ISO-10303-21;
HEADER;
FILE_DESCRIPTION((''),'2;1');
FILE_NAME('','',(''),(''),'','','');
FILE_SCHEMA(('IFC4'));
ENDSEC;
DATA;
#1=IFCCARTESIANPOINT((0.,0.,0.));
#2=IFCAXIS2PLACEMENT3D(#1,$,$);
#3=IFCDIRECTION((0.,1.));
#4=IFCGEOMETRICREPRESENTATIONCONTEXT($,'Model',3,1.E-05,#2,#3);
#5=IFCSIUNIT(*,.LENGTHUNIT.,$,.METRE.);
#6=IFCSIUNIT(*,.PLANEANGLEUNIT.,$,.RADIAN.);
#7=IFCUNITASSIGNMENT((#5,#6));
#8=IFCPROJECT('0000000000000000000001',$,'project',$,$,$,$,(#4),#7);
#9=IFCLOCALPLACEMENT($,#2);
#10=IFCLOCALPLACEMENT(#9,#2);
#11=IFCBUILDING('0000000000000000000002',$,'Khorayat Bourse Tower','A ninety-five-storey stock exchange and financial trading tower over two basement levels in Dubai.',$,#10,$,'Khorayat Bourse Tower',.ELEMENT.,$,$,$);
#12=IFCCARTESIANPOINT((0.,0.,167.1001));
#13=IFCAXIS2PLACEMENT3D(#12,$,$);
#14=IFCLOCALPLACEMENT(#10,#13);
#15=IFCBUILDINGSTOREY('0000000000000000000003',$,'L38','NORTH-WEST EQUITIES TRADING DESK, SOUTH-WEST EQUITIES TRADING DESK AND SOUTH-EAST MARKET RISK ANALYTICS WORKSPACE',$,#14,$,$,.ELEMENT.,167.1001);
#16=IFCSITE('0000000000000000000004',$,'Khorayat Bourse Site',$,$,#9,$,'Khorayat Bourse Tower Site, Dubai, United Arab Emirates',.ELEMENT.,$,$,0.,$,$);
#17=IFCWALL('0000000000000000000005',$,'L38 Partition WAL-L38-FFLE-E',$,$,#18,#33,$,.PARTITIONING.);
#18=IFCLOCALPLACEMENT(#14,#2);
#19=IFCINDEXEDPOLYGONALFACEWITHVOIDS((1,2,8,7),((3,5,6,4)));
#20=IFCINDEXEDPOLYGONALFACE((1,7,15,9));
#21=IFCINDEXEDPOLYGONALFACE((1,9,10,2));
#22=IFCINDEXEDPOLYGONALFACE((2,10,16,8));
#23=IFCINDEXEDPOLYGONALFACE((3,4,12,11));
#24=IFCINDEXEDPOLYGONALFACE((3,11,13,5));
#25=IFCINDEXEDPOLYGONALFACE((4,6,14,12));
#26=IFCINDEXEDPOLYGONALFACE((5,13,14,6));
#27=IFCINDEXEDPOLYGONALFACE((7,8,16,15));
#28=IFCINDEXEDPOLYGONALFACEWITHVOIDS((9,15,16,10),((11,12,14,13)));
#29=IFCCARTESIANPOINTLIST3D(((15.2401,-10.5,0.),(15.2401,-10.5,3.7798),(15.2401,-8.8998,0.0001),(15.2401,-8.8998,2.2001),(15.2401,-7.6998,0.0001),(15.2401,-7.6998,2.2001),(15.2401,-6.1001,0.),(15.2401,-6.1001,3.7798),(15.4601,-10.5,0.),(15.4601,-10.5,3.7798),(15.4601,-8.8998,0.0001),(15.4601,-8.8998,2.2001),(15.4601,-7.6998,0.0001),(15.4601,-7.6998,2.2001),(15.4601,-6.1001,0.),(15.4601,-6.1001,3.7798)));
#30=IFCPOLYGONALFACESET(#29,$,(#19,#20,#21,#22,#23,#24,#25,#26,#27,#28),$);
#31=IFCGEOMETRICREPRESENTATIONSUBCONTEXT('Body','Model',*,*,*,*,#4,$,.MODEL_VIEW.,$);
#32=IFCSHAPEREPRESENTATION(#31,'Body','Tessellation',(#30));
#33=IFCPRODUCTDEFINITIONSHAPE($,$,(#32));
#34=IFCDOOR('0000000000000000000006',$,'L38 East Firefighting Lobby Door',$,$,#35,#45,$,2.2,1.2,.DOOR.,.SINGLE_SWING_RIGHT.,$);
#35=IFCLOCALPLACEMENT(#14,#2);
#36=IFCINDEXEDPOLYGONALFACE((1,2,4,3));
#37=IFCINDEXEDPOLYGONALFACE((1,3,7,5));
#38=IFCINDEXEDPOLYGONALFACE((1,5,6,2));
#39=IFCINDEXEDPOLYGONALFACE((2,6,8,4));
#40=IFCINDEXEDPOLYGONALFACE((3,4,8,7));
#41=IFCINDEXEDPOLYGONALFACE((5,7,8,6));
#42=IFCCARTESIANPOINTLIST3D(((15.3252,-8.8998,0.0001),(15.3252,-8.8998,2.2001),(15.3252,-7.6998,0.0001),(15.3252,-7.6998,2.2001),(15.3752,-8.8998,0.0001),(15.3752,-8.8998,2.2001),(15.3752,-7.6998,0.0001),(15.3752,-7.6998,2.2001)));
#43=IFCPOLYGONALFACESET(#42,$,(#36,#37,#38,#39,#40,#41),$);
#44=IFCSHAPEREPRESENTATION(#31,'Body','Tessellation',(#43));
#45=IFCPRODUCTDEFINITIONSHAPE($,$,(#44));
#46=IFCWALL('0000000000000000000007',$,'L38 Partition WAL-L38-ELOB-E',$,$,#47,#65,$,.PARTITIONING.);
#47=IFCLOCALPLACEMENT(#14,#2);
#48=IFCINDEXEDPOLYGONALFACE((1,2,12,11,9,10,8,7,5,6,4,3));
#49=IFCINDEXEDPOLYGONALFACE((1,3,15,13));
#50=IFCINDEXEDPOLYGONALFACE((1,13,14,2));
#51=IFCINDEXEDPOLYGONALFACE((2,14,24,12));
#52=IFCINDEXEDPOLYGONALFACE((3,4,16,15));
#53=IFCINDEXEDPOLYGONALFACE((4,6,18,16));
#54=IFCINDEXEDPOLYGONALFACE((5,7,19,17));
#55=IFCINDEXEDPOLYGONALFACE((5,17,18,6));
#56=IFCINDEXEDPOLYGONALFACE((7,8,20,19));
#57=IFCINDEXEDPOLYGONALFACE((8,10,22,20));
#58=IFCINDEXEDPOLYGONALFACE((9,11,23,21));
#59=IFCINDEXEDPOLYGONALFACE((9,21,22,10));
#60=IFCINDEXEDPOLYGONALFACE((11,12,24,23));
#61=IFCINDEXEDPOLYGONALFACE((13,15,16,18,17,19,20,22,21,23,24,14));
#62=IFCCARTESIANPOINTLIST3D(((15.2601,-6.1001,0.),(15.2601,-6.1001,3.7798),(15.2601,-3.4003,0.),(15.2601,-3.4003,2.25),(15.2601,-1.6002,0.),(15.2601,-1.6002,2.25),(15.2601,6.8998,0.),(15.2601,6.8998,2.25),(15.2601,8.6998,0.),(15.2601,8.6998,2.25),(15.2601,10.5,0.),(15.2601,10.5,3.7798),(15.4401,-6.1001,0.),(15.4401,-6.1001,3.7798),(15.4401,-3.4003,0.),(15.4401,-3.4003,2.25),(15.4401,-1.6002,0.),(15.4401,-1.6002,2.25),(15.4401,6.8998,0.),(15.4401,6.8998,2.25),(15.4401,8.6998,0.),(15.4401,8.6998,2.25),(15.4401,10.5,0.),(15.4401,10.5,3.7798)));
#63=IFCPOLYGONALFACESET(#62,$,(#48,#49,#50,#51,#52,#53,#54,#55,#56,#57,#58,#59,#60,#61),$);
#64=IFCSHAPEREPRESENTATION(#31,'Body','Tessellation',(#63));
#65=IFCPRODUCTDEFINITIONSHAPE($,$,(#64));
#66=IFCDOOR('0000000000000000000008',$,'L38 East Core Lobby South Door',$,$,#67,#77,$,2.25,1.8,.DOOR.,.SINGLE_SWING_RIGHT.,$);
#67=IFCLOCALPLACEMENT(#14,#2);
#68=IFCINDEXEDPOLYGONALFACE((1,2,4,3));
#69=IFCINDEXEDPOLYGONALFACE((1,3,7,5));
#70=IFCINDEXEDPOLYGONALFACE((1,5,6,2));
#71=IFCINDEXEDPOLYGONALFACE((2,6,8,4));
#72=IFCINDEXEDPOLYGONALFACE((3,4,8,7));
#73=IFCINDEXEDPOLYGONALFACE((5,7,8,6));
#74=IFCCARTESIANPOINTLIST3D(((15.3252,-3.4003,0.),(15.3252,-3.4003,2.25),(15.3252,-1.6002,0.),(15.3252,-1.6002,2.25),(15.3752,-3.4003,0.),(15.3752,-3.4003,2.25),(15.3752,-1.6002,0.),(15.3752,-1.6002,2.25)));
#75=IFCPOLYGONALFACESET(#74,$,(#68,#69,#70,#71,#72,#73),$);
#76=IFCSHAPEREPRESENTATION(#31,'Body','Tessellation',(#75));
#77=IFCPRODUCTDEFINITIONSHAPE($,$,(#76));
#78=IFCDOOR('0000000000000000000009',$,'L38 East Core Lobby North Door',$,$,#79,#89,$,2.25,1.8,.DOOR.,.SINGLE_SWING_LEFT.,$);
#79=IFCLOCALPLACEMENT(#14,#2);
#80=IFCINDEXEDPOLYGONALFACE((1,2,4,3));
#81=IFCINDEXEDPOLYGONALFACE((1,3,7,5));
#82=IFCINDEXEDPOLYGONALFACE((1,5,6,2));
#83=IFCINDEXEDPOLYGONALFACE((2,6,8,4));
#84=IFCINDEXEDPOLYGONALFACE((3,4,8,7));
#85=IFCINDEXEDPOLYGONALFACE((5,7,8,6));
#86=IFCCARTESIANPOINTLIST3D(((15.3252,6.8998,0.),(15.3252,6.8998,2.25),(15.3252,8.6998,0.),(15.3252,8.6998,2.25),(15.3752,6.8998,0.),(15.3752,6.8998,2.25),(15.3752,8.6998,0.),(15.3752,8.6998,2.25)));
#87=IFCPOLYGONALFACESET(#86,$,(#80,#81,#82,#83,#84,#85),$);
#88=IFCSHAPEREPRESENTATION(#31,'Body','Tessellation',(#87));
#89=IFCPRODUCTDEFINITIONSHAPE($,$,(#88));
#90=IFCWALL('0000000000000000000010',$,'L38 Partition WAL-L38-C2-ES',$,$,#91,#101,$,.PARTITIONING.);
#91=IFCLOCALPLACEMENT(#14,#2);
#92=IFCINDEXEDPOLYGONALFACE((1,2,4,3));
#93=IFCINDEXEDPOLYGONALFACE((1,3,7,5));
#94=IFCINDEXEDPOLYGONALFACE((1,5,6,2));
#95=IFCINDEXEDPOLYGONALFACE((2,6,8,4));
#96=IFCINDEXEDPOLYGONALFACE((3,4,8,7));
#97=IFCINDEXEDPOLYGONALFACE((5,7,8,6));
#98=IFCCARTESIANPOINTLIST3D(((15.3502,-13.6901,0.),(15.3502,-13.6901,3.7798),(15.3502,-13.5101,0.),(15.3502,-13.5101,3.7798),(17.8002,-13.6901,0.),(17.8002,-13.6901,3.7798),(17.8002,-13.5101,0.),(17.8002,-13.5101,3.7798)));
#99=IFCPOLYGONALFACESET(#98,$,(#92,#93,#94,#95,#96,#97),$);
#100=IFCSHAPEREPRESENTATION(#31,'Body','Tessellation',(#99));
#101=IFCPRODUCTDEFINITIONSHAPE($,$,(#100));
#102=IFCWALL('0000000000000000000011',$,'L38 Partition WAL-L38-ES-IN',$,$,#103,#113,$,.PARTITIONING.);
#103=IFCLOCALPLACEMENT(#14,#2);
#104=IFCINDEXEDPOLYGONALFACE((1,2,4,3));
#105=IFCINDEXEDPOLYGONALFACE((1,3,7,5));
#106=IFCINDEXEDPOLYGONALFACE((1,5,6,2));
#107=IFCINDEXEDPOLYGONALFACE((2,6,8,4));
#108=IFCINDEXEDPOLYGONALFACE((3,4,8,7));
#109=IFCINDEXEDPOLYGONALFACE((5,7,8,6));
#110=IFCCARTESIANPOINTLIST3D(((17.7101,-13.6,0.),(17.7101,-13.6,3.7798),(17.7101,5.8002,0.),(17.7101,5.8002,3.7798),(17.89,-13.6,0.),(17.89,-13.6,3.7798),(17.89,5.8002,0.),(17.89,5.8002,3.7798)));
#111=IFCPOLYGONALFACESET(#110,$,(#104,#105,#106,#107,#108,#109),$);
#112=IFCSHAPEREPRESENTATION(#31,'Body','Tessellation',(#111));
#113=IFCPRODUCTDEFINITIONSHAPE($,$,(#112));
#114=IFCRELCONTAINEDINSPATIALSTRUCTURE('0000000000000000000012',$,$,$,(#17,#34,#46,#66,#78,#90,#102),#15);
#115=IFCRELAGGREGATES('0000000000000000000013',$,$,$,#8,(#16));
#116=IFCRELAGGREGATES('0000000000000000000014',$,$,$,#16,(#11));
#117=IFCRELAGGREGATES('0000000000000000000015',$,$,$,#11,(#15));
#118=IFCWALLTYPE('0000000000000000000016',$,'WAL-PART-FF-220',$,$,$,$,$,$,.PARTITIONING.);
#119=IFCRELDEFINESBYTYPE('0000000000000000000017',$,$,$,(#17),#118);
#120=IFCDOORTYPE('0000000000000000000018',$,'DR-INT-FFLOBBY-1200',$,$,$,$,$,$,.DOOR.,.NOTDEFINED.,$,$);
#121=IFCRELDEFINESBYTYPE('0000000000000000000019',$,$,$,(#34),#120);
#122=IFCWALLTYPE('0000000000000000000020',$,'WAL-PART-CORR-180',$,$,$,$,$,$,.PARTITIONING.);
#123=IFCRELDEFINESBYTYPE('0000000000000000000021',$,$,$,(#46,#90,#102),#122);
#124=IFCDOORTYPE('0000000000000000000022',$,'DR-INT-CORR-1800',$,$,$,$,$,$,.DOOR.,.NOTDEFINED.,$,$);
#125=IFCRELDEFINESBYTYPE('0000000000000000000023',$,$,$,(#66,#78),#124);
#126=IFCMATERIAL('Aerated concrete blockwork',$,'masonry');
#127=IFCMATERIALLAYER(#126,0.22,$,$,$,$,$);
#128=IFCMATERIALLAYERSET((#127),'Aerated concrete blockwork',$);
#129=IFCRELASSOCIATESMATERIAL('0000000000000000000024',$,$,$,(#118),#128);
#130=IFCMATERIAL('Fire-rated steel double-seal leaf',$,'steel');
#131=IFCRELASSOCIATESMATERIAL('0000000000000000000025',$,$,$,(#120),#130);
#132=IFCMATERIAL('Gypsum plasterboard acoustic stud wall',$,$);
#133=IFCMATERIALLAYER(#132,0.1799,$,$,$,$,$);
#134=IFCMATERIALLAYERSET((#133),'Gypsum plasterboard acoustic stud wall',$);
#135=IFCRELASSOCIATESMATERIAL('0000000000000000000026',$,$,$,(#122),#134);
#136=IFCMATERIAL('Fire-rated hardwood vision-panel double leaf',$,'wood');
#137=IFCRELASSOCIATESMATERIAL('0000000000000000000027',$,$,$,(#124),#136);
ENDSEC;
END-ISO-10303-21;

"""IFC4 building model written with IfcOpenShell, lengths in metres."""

from ifc_helpers import new_model, si_unit, direction, frame, frame_2d, origin, place, context, subcontext, project, spatial, rectangle, extrude, source, transform, mapped, material, layer, layer_set, type_object, element, fill, save


model = new_model("IFC4")

# Units and contexts
model_context = context("Model", 3, precision=1e-05, world=origin(), true_north=direction((0.0, 1.0)))
body_context = subcontext(model_context, "Body", "Model", "MODEL_VIEW")
ifc_project = project(units=[si_unit("LENGTHUNIT", "METRE"), si_unit("PLANEANGLEUNIT", "RADIAN")], contexts=[model_context])

# Site, building, storey
site_placement = place(None, origin())
site = spatial("IfcSite", under=ifc_project, at=site_placement, Name="Khorayat Bourse Site", LongName="Khorayat Bourse Tower Site, Dubai, United Arab Emirates", CompositionType="ELEMENT", RefElevation=0.0)
building_placement = place(site_placement, origin())
building = spatial("IfcBuilding", under=site, at=building_placement, Name="Khorayat Bourse Tower", Description="A ninety-five-storey stock exchange and financial trading tower over two basement levels in Dubai.", LongName="Khorayat Bourse Tower", CompositionType="ELEMENT")
storey_placement = place(building_placement, frame((0.0, 0.0, 167.1001)))
storey = spatial("IfcBuildingStorey", under=building, at=storey_placement, Name="L38", Description="NORTH-WEST EQUITIES TRADING DESK, SOUTH-WEST EQUITIES TRADING DESK AND SOUTH-EAST MARKET RISK ANALYTICS WORKSPACE", CompositionType="ELEMENT", Elevation=167.1001)

# Shared definitions
ifc_material_1 = material(Name="Aerated concrete blockwork", Category="masonry")
ifc_layer_1 = layer(ifc_material_1, 0.22)
ifc_layer_set_1 = layer_set([ifc_layer_1], Name="Aerated concrete blockwork")
wall_type_1 = type_object("IfcWallType", Name="WAL-PART-FF-220", PredefinedType="PARTITIONING", material=ifc_layer_set_1)

# Wall, opening, door
shared_shape_1 = source(origin(), body_context, "Body", "SweptSolid", [
    extrude(rectangle(XDim=4.3999, YDim=0.22, at=frame_2d((2.2, 0.0))), origin(), (0.0, 0.0, 1.0), 3.7798),
])
wall_1_placement = place(storey_placement, frame((15.3501, -10.5, 0.0), z_axis=(0.0, 0.0, 1.0), x_axis=(0.0, 1.0, 0.0)))
wall_1 = element("IfcWall", 1, at=wall_1_placement, inside=storey, type_object=wall_type_1, Name="L38 Partition WAL-L38-FFLE-E", PredefinedType="PARTITIONING", context=body_context, shape_type="MappedRepresentation", body=[
    mapped(shared_shape_1, transform((0.0, 0.0, 0.0), scale=1.0)),
])
shared_shape_2 = source(origin(), body_context, "Body", "SweptSolid", [
    extrude(rectangle(XDim=1.2, YDim=2.2, at=frame_2d((0.6001, 1.1001))), frame((0.0, 0.1199, 0.0), z_axis=(0.0, -1.0, 0.0), x_axis=(1.0, 0.0, 0.0)), (0.0, 0.0, 1.0), 0.24),
])
opening_1_placement = place(wall_1_placement, frame((1.6001, 0.0, 0.0)))
opening_1 = element("IfcOpeningElement", 2, at=opening_1_placement, cuts=wall_1, PredefinedType="OPENING", context=body_context, shape_type="MappedRepresentation", body=[
    mapped(shared_shape_2, transform((0.0, 0.0, 0.0), scale=1.0)),
])
ifc_material_2 = material(Name="Fire-rated steel double-seal leaf", Category="steel")
door_type_1 = type_object("IfcDoorType", Name="DR-INT-FFLOBBY-1200", OperationType="NOTDEFINED", PredefinedType="DOOR", material=ifc_material_2)
shared_shape_3 = source(origin(), body_context, "Body", "SweptSolid", [
    extrude(rectangle(XDim=1.2, YDim=2.2, at=frame_2d((0.6001, 1.1001))), frame((0.0, 0.0249, 0.0), z_axis=(0.0, -1.0, 0.0), x_axis=(1.0, 0.0, 0.0)), (0.0, 0.0, 1.0), 0.05),
])
door_1_placement = place(opening_1_placement, origin())
door_1 = element("IfcDoor", 3, at=door_1_placement, inside=storey, type_object=door_type_1, Name="L38 East Firefighting Lobby Door", OperationType="SINGLE_SWING_RIGHT", OverallHeight=2.2, OverallWidth=1.2, PredefinedType="DOOR", context=body_context, shape_type="MappedRepresentation", body=[
    mapped(shared_shape_3, transform((0.0, 0.0, 0.0), scale=1.0)),
])
fill(opening_1, door_1)

# Wall, openings, doors
ifc_material_3 = material(Name="Gypsum plasterboard acoustic stud wall")
ifc_layer_2 = layer(ifc_material_3, 0.1799)
ifc_layer_set_2 = layer_set([ifc_layer_2], Name="Gypsum plasterboard acoustic stud wall")
wall_type_2 = type_object("IfcWallType", Name="WAL-PART-CORR-180", PredefinedType="PARTITIONING", material=ifc_layer_set_2)
shared_shape_4 = source(origin(), body_context, "Body", "SweptSolid", [
    extrude(rectangle(XDim=16.6001, YDim=0.1799, at=frame_2d((8.3, 0.0))), origin(), (0.0, 0.0, 1.0), 3.7798),
])
wall_2_placement = place(storey_placement, frame((15.3501, -6.1001, 0.0), z_axis=(0.0, 0.0, 1.0), x_axis=(0.0, 1.0, 0.0)))
wall_2 = element("IfcWall", 4, at=wall_2_placement, inside=storey, type_object=wall_type_2, Name="L38 Partition WAL-L38-ELOB-E", PredefinedType="PARTITIONING", context=body_context, shape_type="MappedRepresentation", body=[
    mapped(shared_shape_4, transform((0.0, 0.0, 0.0), scale=1.0)),
])
shared_shape_5 = source(origin(), body_context, "Body", "SweptSolid", [
    extrude(rectangle(XDim=1.8, YDim=2.25, at=frame_2d((0.8999, 1.125))), frame((0.0, 0.0999, 0.0), z_axis=(0.0, -1.0, 0.0), x_axis=(1.0, 0.0, 0.0)), (0.0, 0.0, 1.0), 0.2),
])
opening_2_placement = place(wall_2_placement, frame((2.7, 0.0, 0.0)))
opening_2 = element("IfcOpeningElement", 5, at=opening_2_placement, cuts=wall_2, PredefinedType="OPENING", context=body_context, shape_type="MappedRepresentation", body=[
    mapped(shared_shape_5, transform((0.0, 0.0, 0.0), scale=1.0)),
])
opening_3_placement = place(wall_2_placement, frame((13.0, 0.0, 0.0)))
opening_3 = element("IfcOpeningElement", 6, at=opening_3_placement, cuts=wall_2, PredefinedType="OPENING", context=body_context, shape_type="MappedRepresentation", body=[
    mapped(shared_shape_5, transform((0.0, 0.0, 0.0), scale=1.0)),
])
ifc_material_4 = material(Name="Fire-rated hardwood vision-panel double leaf", Category="wood")
door_type_2 = type_object("IfcDoorType", Name="DR-INT-CORR-1800", OperationType="NOTDEFINED", PredefinedType="DOOR", material=ifc_material_4)
shared_shape_6 = source(origin(), body_context, "Body", "SweptSolid", [
    extrude(rectangle(XDim=1.8, YDim=2.25, at=frame_2d((0.8999, 1.125))), frame((0.0, 0.0249, 0.0), z_axis=(0.0, -1.0, 0.0), x_axis=(1.0, 0.0, 0.0)), (0.0, 0.0, 1.0), 0.05),
])
door_2_placement = place(opening_2_placement, origin())
door_2 = element("IfcDoor", 7, at=door_2_placement, inside=storey, type_object=door_type_2, Name="L38 East Core Lobby South Door", OperationType="SINGLE_SWING_RIGHT", OverallHeight=2.25, OverallWidth=1.8, PredefinedType="DOOR", context=body_context, shape_type="MappedRepresentation", body=[
    mapped(shared_shape_6, transform((0.0, 0.0, 0.0), scale=1.0)),
])
fill(opening_2, door_2)
door_3_placement = place(opening_3_placement, origin())
door_3 = element("IfcDoor", 8, at=door_3_placement, inside=storey, type_object=door_type_2, Name="L38 East Core Lobby North Door", OperationType="SINGLE_SWING_LEFT", OverallHeight=2.25, OverallWidth=1.8, PredefinedType="DOOR", context=body_context, shape_type="MappedRepresentation", body=[
    mapped(shared_shape_6, transform((0.0, 0.0, 0.0), scale=1.0)),
])
fill(opening_3, door_3)

# Walls
shared_shape_7 = source(origin(), body_context, "Body", "SweptSolid", [
    extrude(rectangle(XDim=2.45, YDim=0.1799, at=frame_2d((1.2251, 0.0))), origin(), (0.0, 0.0, 1.0), 3.7798),
])
wall_3_placement = place(storey_placement, frame((15.3501, -13.6001, 0.0), z_axis=(0.0, 0.0, 1.0), x_axis=(1.0, 0.0, 0.0)))
element("IfcWall", 9, at=wall_3_placement, inside=storey, type_object=wall_type_2, Name="L38 Partition WAL-L38-C2-ES", PredefinedType="PARTITIONING", context=body_context, shape_type="MappedRepresentation", body=[
    mapped(shared_shape_7, transform((0.0, 0.0, 0.0), scale=1.0)),
])
shared_shape_8 = source(origin(), body_context, "Body", "SweptSolid", [
    extrude(rectangle(XDim=19.4001, YDim=0.1799, at=frame_2d((9.7002, 0.0))), origin(), (0.0, 0.0, 1.0), 3.7798),
])
wall_4_placement = place(storey_placement, frame((17.8, -13.6001, 0.0), z_axis=(0.0, 0.0, 1.0), x_axis=(0.0, 1.0, 0.0)))
element("IfcWall", 10, at=wall_4_placement, inside=storey, type_object=wall_type_2, Name="L38 Partition WAL-L38-ES-IN", PredefinedType="PARTITIONING", context=body_context, shape_type="MappedRepresentation", body=[
    mapped(shared_shape_8, transform((0.0, 0.0, 0.0), scale=1.0)),
])

save(model, "model.ifc")
